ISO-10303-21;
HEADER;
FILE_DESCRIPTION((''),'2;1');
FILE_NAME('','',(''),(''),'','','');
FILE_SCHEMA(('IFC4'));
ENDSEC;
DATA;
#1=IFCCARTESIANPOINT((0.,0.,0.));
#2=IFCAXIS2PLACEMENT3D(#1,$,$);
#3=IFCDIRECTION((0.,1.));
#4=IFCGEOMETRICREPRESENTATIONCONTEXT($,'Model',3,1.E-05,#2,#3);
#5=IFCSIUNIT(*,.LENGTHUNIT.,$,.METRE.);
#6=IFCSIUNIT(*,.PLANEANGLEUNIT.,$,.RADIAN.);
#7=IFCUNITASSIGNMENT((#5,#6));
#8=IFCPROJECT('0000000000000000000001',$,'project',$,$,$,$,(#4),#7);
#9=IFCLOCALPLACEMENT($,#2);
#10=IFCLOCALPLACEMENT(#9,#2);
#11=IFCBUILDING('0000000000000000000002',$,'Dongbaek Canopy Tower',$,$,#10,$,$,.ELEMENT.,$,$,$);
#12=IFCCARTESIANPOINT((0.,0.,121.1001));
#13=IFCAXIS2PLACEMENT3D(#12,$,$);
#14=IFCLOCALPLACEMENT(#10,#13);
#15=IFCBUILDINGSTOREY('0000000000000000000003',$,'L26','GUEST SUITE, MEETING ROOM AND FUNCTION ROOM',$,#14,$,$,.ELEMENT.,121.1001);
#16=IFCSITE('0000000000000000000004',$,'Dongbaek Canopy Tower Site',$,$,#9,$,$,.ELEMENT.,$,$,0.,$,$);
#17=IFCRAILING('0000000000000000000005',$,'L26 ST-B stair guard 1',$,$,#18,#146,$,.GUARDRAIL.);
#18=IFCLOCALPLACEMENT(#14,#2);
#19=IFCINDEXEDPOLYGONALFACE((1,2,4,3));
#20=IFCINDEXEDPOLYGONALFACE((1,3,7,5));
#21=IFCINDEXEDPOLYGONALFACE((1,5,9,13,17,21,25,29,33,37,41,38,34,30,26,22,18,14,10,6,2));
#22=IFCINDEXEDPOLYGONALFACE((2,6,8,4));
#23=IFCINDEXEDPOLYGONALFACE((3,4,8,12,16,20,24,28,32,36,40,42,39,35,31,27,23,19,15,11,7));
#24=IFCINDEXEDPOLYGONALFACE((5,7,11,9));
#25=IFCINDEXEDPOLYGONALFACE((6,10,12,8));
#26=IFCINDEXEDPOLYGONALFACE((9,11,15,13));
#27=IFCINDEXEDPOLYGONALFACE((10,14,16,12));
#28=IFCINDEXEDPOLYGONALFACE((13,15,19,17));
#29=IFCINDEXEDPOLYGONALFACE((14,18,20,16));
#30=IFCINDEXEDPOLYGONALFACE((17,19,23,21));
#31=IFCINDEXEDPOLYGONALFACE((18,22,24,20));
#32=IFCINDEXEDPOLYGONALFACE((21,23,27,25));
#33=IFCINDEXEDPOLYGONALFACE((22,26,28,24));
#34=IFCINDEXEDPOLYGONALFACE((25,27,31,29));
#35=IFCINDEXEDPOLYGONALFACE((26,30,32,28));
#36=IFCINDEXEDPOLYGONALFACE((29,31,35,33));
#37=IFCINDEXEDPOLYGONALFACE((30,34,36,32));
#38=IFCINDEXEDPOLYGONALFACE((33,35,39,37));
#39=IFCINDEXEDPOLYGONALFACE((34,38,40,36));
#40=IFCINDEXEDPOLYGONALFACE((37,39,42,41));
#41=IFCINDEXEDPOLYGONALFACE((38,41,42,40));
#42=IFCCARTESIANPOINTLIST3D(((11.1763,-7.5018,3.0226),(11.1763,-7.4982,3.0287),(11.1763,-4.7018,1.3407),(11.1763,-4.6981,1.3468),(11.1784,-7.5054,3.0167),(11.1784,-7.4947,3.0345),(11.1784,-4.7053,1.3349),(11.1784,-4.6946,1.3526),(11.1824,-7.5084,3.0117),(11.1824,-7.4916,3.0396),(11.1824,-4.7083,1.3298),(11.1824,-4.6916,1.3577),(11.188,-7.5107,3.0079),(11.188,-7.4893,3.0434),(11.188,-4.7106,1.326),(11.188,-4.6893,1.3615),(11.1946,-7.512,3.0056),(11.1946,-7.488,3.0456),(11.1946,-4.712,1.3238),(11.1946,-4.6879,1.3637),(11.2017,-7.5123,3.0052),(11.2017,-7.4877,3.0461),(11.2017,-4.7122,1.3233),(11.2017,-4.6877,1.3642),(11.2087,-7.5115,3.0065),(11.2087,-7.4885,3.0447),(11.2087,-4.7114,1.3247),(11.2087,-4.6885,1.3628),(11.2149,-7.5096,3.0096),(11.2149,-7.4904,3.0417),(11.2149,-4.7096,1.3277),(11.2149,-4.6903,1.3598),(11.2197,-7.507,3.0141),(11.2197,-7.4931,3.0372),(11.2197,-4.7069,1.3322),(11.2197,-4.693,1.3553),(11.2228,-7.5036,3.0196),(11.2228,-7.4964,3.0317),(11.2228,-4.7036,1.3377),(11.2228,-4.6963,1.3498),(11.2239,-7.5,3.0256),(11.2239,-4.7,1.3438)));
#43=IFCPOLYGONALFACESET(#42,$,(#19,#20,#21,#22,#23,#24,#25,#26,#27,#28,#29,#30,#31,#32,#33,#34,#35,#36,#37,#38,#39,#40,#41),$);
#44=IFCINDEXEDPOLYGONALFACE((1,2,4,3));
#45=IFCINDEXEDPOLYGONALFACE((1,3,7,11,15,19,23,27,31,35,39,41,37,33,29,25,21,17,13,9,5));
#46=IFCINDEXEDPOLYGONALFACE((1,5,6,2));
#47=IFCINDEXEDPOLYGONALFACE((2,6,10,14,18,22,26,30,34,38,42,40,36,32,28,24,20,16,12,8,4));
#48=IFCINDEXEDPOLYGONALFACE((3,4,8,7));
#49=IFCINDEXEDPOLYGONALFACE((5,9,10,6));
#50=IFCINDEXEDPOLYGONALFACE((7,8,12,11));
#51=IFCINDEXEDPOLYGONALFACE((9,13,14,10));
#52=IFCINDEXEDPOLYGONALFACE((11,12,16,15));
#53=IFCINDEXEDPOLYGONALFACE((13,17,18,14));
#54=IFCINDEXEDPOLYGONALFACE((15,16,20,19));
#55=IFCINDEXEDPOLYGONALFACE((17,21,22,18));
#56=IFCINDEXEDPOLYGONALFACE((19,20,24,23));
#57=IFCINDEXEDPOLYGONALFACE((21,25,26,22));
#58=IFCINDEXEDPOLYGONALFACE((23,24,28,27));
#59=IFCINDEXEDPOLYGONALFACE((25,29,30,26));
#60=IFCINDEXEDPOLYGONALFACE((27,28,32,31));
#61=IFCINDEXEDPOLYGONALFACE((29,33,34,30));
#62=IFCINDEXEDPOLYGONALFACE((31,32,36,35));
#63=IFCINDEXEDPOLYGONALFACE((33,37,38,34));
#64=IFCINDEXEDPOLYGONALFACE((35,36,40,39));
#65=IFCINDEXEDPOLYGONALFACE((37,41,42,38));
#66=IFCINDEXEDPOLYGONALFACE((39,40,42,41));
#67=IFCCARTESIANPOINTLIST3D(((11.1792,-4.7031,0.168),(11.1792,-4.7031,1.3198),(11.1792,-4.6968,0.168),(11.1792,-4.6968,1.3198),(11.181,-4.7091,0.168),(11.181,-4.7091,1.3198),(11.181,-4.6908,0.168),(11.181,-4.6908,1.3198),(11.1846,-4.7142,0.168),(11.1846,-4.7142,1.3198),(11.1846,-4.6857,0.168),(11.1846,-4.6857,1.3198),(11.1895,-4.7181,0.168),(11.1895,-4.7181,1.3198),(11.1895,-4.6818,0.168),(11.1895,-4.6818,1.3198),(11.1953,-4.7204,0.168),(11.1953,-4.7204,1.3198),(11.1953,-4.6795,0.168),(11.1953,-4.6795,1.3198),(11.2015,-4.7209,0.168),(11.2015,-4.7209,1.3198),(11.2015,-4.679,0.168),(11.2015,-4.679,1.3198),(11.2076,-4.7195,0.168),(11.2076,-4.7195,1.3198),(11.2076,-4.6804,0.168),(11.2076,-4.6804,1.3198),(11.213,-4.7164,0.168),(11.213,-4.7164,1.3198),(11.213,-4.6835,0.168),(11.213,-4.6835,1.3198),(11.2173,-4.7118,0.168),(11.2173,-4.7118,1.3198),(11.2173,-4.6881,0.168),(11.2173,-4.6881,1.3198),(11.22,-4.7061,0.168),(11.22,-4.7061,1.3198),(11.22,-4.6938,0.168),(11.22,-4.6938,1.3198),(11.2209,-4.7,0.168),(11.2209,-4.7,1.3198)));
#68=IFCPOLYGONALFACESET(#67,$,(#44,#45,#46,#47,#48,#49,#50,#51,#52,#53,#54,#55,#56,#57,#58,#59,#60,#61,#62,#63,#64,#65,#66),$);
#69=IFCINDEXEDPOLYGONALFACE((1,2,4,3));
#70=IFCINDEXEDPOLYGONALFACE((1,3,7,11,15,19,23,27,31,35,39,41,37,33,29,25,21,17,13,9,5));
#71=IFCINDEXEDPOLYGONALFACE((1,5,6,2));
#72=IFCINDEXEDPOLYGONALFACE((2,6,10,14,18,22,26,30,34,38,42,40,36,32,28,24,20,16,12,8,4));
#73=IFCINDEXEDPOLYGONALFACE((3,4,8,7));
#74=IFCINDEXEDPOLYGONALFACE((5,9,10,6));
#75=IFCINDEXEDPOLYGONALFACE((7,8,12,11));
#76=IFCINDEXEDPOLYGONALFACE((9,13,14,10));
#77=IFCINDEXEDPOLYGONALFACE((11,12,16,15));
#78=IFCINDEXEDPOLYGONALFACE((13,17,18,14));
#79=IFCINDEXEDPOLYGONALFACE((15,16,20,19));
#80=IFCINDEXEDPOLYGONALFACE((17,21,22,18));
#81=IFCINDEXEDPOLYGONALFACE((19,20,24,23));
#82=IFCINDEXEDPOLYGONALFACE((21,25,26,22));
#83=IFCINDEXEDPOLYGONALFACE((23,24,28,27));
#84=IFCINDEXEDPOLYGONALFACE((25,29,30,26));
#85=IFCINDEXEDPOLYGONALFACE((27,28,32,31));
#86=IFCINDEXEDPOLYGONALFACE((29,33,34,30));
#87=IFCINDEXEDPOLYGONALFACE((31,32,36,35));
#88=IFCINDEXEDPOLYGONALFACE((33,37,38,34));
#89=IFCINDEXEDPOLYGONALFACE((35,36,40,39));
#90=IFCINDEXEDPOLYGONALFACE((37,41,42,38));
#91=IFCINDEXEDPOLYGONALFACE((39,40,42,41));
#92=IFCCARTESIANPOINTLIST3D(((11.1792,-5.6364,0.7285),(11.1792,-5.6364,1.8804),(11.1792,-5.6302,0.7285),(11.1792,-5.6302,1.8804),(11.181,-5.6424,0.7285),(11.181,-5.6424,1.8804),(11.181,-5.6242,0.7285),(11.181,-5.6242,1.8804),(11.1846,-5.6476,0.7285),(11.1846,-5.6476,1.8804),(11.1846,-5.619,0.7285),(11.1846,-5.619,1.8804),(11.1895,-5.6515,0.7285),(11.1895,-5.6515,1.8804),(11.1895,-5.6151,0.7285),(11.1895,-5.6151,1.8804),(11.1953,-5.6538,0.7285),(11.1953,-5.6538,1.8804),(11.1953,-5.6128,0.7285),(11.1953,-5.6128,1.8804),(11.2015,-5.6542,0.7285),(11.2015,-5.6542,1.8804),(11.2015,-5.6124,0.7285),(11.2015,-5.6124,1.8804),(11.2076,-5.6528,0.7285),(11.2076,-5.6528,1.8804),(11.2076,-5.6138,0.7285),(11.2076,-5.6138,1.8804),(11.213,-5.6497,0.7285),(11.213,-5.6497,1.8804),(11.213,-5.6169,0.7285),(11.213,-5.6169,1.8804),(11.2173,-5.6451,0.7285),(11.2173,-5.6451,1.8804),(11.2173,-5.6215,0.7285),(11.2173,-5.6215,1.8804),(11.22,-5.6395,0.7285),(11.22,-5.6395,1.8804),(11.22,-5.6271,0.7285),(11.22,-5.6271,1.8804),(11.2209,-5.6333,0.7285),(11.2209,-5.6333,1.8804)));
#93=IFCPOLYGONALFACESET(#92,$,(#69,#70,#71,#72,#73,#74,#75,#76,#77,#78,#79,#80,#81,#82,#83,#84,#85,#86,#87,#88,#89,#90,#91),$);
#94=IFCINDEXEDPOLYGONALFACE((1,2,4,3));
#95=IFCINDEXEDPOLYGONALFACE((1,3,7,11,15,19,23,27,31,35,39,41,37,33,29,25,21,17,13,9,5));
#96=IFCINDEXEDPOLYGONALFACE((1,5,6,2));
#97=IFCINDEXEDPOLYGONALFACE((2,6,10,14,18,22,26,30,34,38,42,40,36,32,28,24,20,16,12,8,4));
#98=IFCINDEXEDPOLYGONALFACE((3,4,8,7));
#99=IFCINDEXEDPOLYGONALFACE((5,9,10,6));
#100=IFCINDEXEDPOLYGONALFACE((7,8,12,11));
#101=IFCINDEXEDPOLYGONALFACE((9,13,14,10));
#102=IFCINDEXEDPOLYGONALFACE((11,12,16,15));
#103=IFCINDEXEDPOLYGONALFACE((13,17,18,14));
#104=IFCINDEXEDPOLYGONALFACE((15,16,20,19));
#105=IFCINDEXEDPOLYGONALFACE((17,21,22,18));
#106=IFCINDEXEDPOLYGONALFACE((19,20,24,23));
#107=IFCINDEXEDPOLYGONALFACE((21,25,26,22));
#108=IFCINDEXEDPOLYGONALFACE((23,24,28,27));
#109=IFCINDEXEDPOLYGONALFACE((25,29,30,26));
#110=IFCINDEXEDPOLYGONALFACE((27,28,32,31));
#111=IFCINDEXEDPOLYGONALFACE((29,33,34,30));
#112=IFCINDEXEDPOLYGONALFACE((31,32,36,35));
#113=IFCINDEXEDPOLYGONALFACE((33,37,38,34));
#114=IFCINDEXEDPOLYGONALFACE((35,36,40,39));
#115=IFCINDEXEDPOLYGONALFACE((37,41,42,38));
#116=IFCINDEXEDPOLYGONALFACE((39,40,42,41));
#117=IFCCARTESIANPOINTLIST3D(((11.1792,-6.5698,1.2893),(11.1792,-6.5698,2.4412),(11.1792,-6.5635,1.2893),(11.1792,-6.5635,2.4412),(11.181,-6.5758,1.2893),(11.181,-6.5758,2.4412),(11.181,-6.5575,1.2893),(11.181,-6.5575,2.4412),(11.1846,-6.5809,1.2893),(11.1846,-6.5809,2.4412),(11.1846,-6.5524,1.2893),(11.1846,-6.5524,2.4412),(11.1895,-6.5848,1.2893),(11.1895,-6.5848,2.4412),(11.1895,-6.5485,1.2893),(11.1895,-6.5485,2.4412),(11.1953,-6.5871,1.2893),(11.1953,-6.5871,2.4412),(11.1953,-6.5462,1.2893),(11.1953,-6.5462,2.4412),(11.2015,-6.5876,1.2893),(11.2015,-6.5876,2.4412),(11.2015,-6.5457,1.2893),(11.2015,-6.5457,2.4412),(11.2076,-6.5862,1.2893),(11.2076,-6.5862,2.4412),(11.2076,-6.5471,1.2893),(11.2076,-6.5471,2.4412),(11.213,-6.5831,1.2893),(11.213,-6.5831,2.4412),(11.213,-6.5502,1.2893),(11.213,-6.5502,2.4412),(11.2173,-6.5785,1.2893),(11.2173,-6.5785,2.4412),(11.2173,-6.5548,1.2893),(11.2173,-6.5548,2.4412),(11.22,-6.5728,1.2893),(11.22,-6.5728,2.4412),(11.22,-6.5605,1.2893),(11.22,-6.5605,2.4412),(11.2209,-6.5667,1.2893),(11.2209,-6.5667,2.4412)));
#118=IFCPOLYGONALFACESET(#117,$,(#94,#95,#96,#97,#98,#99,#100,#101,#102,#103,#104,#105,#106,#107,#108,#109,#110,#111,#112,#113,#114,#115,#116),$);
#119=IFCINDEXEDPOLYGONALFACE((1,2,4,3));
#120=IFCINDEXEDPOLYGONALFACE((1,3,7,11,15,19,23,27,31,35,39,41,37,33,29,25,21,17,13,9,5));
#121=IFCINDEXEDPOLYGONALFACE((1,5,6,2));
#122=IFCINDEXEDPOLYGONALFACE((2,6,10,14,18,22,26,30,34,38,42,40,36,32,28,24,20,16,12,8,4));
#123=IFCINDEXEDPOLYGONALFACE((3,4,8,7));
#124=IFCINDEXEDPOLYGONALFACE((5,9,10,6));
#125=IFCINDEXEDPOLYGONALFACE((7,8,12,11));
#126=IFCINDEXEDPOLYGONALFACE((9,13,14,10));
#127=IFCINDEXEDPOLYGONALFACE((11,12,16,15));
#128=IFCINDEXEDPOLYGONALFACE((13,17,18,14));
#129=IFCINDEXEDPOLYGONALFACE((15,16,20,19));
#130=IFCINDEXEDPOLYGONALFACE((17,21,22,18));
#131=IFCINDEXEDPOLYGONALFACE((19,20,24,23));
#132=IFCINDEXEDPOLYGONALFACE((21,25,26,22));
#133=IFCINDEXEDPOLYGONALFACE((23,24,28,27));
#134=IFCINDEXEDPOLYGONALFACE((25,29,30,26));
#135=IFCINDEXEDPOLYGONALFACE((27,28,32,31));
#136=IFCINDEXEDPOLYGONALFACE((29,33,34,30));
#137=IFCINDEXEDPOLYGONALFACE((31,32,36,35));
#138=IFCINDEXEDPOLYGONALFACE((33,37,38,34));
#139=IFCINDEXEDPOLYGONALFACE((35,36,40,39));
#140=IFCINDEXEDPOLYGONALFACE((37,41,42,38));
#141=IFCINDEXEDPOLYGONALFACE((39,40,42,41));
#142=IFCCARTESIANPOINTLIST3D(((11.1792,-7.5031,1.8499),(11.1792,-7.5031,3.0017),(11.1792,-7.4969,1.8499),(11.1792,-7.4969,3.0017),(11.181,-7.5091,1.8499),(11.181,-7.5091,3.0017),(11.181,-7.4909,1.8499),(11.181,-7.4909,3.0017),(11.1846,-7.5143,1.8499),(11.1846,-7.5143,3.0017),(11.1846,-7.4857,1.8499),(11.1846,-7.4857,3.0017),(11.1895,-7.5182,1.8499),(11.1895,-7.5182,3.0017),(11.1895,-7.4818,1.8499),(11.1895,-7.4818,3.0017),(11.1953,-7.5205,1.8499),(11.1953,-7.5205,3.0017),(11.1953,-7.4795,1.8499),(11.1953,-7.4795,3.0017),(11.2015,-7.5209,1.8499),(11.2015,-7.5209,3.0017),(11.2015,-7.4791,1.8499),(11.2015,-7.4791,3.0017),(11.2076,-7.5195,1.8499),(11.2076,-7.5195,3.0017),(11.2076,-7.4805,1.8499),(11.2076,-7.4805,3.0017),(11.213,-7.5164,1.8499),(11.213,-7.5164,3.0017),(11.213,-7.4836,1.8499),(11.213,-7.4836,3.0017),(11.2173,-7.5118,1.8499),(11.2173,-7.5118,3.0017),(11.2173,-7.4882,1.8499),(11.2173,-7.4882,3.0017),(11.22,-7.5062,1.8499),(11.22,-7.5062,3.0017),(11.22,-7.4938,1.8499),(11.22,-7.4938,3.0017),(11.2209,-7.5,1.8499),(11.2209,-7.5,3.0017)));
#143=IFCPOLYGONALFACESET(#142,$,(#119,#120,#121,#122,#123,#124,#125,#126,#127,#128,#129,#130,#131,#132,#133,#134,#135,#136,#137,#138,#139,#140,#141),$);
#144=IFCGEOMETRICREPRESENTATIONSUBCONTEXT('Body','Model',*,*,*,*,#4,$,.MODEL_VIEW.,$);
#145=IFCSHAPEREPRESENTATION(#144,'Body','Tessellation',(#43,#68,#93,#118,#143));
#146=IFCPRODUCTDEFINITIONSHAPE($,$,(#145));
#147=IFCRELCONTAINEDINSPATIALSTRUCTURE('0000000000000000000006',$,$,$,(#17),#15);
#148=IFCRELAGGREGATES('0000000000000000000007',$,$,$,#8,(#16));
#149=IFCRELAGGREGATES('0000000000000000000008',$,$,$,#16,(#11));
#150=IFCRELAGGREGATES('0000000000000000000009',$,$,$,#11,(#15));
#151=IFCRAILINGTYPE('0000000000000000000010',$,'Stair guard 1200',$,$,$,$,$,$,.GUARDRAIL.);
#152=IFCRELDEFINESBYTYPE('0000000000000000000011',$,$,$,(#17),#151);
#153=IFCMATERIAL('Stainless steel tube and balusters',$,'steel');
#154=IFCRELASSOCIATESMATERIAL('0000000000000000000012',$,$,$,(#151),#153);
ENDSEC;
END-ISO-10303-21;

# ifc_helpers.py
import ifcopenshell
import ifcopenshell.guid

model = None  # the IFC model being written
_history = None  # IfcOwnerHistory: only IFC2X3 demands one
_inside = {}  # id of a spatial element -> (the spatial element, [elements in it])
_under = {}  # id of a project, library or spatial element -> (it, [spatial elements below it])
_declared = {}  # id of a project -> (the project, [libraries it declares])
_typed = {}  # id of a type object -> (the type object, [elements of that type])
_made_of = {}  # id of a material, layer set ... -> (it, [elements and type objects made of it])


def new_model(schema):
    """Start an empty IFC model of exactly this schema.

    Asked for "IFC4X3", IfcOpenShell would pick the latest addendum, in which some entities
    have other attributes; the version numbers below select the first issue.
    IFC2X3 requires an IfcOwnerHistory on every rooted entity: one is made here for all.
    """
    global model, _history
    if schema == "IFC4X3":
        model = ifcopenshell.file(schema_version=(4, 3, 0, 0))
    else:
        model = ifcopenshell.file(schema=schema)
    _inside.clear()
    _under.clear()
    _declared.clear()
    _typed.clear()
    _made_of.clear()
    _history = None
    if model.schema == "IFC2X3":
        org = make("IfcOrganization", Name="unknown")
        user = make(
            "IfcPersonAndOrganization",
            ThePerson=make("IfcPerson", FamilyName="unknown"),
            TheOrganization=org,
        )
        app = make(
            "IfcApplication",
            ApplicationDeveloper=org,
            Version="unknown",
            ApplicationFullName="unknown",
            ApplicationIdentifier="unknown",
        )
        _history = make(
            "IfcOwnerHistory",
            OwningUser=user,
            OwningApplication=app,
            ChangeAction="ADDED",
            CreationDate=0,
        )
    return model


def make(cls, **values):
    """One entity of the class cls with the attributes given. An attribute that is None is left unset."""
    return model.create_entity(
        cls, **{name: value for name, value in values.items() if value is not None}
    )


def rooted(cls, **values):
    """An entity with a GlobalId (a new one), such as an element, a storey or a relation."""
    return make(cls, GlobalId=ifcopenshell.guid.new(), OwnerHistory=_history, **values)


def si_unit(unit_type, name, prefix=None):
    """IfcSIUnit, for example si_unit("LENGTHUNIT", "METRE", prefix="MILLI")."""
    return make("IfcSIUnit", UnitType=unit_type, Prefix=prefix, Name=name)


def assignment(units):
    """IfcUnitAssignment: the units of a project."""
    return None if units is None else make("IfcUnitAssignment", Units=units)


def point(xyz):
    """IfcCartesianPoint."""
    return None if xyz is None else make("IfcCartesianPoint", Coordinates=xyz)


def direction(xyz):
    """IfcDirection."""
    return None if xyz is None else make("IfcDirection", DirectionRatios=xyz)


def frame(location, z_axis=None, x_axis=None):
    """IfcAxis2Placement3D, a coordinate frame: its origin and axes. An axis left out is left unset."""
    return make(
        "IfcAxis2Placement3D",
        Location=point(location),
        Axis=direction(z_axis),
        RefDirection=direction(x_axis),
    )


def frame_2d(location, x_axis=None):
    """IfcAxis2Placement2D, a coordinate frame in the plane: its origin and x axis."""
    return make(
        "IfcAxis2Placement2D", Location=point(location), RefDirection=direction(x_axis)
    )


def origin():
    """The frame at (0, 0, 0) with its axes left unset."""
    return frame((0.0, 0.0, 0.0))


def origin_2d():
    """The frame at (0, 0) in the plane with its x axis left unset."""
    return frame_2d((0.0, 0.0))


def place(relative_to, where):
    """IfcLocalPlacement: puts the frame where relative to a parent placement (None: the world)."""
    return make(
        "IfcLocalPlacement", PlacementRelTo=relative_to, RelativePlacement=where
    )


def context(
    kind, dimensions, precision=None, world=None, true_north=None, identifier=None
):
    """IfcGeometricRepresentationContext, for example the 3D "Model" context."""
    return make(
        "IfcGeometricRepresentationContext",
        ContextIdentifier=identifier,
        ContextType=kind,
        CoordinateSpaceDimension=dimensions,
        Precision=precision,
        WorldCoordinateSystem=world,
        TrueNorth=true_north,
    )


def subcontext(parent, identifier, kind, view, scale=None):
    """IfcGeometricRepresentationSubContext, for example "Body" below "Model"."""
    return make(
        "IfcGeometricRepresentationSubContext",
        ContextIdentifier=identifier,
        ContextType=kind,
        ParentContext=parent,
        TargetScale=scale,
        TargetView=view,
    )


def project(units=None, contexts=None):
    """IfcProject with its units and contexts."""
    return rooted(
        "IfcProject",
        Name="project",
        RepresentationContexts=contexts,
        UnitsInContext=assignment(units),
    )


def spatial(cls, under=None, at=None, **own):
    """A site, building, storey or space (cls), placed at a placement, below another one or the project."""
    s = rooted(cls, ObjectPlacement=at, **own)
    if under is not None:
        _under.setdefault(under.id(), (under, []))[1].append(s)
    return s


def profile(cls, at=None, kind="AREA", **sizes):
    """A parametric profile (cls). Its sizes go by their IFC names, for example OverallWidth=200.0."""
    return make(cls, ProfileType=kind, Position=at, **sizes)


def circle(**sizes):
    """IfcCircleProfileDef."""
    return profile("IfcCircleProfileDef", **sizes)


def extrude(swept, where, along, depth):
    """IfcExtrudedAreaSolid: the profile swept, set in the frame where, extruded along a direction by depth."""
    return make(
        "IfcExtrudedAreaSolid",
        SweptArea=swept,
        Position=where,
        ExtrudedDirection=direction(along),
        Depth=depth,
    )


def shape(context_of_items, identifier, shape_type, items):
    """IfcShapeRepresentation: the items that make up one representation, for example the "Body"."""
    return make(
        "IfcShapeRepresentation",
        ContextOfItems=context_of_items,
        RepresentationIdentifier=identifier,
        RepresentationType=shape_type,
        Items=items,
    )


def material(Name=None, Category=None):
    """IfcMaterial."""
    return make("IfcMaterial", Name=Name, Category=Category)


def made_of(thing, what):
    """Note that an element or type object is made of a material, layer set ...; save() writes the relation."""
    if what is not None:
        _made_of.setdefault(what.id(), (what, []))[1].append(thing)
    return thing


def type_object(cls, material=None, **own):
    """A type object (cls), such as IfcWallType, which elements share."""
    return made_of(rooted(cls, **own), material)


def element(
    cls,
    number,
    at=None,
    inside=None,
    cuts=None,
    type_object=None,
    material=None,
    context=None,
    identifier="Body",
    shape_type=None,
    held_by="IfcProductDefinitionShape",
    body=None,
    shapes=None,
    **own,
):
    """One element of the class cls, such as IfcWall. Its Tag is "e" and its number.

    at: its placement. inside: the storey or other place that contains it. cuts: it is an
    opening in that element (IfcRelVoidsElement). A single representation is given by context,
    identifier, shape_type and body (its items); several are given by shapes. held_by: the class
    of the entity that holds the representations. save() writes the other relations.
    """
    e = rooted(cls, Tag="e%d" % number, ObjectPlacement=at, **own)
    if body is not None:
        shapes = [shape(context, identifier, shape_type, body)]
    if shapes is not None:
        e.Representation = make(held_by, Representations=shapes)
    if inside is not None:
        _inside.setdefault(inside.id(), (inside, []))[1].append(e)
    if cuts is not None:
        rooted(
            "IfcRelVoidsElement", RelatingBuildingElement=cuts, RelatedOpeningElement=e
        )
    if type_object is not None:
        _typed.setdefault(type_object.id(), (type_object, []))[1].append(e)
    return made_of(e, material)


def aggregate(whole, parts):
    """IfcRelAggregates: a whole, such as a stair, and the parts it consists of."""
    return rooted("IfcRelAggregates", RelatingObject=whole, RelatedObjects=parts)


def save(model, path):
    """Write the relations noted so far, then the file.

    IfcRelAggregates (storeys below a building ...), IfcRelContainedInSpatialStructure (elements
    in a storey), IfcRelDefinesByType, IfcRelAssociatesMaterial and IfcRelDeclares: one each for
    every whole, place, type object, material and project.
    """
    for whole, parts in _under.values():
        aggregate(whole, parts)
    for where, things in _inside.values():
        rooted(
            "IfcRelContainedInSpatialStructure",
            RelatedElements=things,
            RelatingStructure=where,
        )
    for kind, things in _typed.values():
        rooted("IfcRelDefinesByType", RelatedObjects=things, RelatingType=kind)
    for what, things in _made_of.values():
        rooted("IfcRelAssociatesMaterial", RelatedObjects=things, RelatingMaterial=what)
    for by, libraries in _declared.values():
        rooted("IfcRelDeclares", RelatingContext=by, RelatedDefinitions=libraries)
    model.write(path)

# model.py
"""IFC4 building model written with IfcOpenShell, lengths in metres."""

from ifc_helpers import new_model, si_unit, direction, frame, origin, origin_2d, place, context, subcontext, project, spatial, circle, extrude, material, type_object, element, save


model = new_model("IFC4")

# Units and contexts
model_context = context("Model", 3, precision=1e-05, world=origin(), true_north=direction((0.0, 1.0)))
body_context = subcontext(model_context, "Body", "Model", "MODEL_VIEW")
ifc_project = project(units=[si_unit("LENGTHUNIT", "METRE"), si_unit("PLANEANGLEUNIT", "RADIAN")], contexts=[model_context])

# Site, building, storey
site_placement = place(None, origin())
site = spatial("IfcSite", under=ifc_project, at=site_placement, Name="Dongbaek Canopy Tower Site", CompositionType="ELEMENT", RefElevation=0.0)
building_placement = place(site_placement, origin())
building = spatial("IfcBuilding", under=site, at=building_placement, Name="Dongbaek Canopy Tower", CompositionType="ELEMENT")
storey_placement = place(building_placement, frame((0.0, 0.0, 121.1001)))
storey = spatial("IfcBuildingStorey", under=building, at=storey_placement, Name="L26", Description="GUEST SUITE, MEETING ROOM AND FUNCTION ROOM", CompositionType="ELEMENT", Elevation=121.1001)

# Railing
ifc_material_1 = material(Name="Stainless steel tube and balusters", Category="steel")
railing_type_1 = type_object("IfcRailingType", Name="Stair guard 1200", PredefinedType="GUARDRAIL", material=ifc_material_1)
railing_1_placement = place(storey_placement, frame((11.2, -4.7, 0.168)))
element("IfcRailing", 1, at=railing_1_placement, inside=storey, type_object=railing_type_1, Name="L26 ST-B stair guard 1", PredefinedType="GUARDRAIL", context=body_context, shape_type="SweptSolid", body=[
    extrude(circle(Radius=0.0239, at=origin_2d()), frame((0.0, 0.0, 1.1758), z_axis=(0.0, -0.857242, 0.514913), x_axis=(1.0, 0.0, 0.0)), (0.0, 0.0, 1.0), 3.2664),
    extrude(circle(Radius=0.021, at=origin_2d()), origin(), (0.0, 0.0, 1.0), 1.1519),
    extrude(circle(Radius=0.021, at=origin_2d()), frame((0.0, -0.9333, 0.5605)), (0.0, 0.0, 1.0), 1.1519),
    extrude(circle(Radius=0.021, at=origin_2d()), frame((0.0, -1.8667, 1.1213)), (0.0, 0.0, 1.0), 1.1519),
    extrude(circle(Radius=0.021, at=origin_2d()), frame((0.0, -2.8, 1.6819)), (0.0, 0.0, 1.0), 1.1519),
])

save(model, "model.ifc")
